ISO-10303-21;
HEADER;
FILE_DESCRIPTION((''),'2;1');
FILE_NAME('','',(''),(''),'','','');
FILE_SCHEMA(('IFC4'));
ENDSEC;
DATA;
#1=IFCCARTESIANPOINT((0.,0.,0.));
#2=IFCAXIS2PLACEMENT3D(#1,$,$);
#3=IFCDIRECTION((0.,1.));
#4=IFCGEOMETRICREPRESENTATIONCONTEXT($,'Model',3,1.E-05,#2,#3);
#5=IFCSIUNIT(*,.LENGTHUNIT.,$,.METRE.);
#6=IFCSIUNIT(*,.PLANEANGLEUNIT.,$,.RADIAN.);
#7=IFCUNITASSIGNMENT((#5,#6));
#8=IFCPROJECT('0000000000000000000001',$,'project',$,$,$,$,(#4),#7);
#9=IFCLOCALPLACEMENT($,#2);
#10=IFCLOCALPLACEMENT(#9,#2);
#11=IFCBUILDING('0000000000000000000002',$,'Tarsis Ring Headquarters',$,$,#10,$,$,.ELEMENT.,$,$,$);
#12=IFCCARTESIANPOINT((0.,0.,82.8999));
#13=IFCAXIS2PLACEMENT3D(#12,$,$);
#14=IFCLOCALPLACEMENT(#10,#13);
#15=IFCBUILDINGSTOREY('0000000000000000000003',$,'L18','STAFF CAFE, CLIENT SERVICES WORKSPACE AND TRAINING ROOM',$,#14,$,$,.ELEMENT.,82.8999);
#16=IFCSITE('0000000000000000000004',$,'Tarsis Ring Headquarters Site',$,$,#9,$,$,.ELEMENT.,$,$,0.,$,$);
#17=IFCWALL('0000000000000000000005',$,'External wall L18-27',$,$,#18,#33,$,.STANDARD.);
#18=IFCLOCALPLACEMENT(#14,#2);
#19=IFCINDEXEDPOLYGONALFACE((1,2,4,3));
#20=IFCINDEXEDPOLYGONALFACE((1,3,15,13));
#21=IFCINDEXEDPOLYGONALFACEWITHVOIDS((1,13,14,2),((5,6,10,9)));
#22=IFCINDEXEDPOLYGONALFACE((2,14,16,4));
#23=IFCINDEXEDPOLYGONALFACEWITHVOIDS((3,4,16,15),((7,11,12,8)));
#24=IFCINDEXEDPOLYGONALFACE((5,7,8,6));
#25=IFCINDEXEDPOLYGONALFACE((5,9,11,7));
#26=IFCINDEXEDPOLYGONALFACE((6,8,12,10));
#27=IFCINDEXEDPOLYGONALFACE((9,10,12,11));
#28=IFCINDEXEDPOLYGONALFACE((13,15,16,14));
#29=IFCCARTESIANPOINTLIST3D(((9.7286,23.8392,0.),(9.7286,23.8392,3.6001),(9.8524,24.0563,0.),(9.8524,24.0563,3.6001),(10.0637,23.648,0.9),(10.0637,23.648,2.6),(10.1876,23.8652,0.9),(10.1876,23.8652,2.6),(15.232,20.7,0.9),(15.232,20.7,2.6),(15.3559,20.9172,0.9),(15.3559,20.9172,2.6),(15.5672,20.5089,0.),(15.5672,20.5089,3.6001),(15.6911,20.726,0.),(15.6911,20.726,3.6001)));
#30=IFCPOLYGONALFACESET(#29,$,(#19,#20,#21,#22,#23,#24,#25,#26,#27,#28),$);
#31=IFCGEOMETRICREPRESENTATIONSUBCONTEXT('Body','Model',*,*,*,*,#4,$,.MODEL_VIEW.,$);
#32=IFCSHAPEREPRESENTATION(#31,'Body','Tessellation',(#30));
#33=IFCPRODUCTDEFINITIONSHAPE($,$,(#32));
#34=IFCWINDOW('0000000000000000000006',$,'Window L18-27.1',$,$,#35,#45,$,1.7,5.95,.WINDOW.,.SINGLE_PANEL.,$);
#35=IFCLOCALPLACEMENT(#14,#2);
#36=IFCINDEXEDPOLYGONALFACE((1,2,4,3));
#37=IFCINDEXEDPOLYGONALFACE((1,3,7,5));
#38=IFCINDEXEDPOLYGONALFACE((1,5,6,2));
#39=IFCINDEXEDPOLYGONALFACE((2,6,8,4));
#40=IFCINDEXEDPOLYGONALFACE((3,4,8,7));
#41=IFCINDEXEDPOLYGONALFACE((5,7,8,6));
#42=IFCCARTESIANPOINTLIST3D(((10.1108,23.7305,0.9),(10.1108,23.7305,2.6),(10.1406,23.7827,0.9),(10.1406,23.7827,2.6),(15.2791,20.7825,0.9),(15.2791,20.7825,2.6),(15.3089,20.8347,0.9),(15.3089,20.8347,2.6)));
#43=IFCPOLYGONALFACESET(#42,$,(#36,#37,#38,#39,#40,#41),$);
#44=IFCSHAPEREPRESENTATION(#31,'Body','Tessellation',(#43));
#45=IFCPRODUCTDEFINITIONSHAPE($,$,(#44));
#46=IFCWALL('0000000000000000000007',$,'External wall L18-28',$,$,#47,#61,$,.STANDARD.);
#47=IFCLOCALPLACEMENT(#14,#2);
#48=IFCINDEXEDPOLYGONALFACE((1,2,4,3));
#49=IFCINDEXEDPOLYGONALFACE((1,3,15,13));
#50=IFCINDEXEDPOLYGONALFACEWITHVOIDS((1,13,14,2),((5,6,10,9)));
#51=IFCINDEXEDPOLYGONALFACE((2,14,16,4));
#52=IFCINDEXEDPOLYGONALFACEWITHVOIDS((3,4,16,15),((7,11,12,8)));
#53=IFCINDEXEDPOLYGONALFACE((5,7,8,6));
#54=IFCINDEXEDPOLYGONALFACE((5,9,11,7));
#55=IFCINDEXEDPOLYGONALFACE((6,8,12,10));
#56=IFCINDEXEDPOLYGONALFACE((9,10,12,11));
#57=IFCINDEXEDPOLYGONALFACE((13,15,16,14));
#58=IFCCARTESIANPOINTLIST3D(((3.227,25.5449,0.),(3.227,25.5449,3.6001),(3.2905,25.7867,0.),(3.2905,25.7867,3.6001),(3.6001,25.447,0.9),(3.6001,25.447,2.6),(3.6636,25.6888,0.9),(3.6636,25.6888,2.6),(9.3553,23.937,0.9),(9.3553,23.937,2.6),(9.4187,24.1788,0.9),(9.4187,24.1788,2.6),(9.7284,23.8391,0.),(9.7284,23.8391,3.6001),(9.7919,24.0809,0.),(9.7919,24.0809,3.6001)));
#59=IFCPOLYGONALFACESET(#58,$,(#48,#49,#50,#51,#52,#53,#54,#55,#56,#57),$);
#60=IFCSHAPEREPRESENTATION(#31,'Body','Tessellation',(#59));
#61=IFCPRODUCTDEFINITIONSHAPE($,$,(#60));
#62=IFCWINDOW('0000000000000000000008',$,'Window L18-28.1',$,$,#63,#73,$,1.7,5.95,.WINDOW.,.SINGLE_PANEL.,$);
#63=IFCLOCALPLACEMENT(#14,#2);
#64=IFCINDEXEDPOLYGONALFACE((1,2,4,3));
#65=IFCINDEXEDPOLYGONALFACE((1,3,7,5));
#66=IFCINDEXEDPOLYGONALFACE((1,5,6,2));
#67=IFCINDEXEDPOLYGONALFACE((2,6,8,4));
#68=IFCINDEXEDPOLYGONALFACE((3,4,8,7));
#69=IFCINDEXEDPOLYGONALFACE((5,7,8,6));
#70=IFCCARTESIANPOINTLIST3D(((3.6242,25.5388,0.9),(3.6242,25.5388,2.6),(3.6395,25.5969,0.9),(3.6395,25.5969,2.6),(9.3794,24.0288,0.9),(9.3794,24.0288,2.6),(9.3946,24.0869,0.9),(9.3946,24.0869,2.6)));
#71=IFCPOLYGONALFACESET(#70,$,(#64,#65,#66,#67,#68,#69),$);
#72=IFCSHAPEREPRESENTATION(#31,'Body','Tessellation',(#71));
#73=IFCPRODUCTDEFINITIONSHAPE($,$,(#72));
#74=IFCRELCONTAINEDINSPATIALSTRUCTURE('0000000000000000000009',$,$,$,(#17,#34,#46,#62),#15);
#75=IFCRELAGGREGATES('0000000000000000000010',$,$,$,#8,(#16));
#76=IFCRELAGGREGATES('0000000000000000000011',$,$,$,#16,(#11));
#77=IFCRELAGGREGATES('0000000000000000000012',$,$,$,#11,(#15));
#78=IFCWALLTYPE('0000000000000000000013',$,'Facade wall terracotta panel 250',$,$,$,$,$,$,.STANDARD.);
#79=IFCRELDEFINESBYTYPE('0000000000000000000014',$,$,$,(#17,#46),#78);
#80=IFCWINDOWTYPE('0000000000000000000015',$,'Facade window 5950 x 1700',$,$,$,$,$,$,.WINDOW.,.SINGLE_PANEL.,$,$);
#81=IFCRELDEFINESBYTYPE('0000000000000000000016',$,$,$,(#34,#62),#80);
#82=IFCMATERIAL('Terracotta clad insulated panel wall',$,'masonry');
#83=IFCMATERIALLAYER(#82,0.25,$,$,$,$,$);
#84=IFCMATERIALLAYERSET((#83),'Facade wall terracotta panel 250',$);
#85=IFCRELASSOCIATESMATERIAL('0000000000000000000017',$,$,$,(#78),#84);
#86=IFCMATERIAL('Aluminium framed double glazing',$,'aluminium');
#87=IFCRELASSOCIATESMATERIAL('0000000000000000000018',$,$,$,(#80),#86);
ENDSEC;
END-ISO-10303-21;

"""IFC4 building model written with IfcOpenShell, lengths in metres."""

from ifc_helpers import new_model, si_unit, direction, frame, frame_2d, origin, place, context, subcontext, project, spatial, rectangle, extrude, material, layer, layer_set, type_object, element, fill, save


model = new_model("IFC4")

# Units and contexts
model_context = context("Model", 3, precision=1e-05, world=origin(), true_north=direction((0.0, 1.0)))
body_context = subcontext(model_context, "Body", "Model", "MODEL_VIEW")
ifc_project = project(units=[si_unit("LENGTHUNIT", "METRE"), si_unit("PLANEANGLEUNIT", "RADIAN")], contexts=[model_context])

# Site, building, storey
site_placement = place(None, origin())
site = spatial("IfcSite", under=ifc_project, at=site_placement, Name="Tarsis Ring Headquarters Site", CompositionType="ELEMENT", RefElevation=0.0)
building_placement = place(site_placement, origin())
building = spatial("IfcBuilding", under=site, at=building_placement, Name="Tarsis Ring Headquarters", CompositionType="ELEMENT")
storey_placement = place(building_placement, frame((0.0, 0.0, 82.8999)))
storey = spatial("IfcBuildingStorey", under=building, at=storey_placement, Name="L18", Description="STAFF CAFE, CLIENT SERVICES WORKSPACE AND TRAINING ROOM", CompositionType="ELEMENT", Elevation=82.8999)

# Walls, openings, windows
ifc_material_1 = material(Name="Terracotta clad insulated panel wall", Category="masonry")
ifc_layer_1 = layer(ifc_material_1, 0.25)
ifc_layer_set_1 = layer_set([ifc_layer_1], Name="Facade wall terracotta panel 250")
wall_type_1 = type_object("IfcWallType", Name="Facade wall terracotta panel 250", PredefinedType="STANDARD", material=ifc_layer_set_1)
ifc_material_2 = material(Name="Aluminium framed double glazing", Category="aluminium")
window_type = type_object("IfcWindowType", Name="Facade window 5950 x 1700", PartitioningType="SINGLE_PANEL", PredefinedType="WINDOW", material=ifc_material_2)
wall_1_placement = place(storey_placement, frame((15.6292, 20.6174, 0.0), z_axis=(0.0, 0.0, 1.0), x_axis=(-0.86863, 0.495462, 0.0)))
wall_1 = element("IfcWall", 1, at=wall_1_placement, inside=storey, type_object=wall_type_1, Name="External wall L18-27", PredefinedType="STANDARD", context=body_context, shape_type="SweptSolid", body=[
    extrude(rectangle(XDim=6.7217, YDim=0.25, at=frame_2d((3.3608, 0.0))), origin(), (0.0, 0.0, 1.0), 3.6001),
])
opening_1_placement = place(wall_1_placement, frame((0.3857, 0.0, 0.8999)))
opening_1 = element("IfcOpeningElement", 2, at=opening_1_placement, cuts=wall_1, PredefinedType="OPENING", context=body_context, shape_type="SweptSolid", body=[
    extrude(rectangle(XDim=5.95, YDim=1.7, at=frame_2d((2.9751, 0.8501))), frame((0.0, 0.135, 0.0), z_axis=(0.0, -1.0, 0.0), x_axis=(1.0, 0.0, 0.0)), (0.0, 0.0, 1.0), 0.27),
])
window_1_placement = place(opening_1_placement, origin())
window_1 = element("IfcWindow", 3, at=window_1_placement, inside=storey, type_object=window_type, Name="Window L18-27.1", OverallHeight=1.7, OverallWidth=5.95, PartitioningType="SINGLE_PANEL", PredefinedType="WINDOW", context=body_context, shape_type="SweptSolid", body=[
    extrude(rectangle(XDim=5.95, YDim=1.7, at=frame_2d((2.9751, 0.8501))), frame((0.0, 0.03, 0.0), z_axis=(0.0, -1.0, 0.0), x_axis=(1.0, 0.0, 0.0)), (0.0, 0.0, 1.0), 0.0601),
])
fill(opening_1, window_1)
wall_2_placement = place(storey_placement, frame((9.7603, 23.96, 0.0), z_axis=(0.0, 0.0, 1.0), x_axis=(-0.967261, 0.253783, 0.0)))
wall_2 = element("IfcWall", 4, at=wall_2_placement, inside=storey, type_object=wall_type_1, Name="External wall L18-28", PredefinedType="STANDARD", context=body_context, shape_type="SweptSolid", body=[
    extrude(rectangle(XDim=6.7214, YDim=0.25, at=frame_2d((3.3608, 0.0))), origin(), (0.0, 0.0, 1.0), 3.6001),
])
opening_2_placement = place(wall_2_placement, frame((0.3857, 0.0, 0.8999)))
opening_2 = element("IfcOpeningElement", 5, at=opening_2_placement, cuts=wall_2, PredefinedType="OPENING", context=body_context, shape_type="SweptSolid", body=[
    extrude(rectangle(XDim=5.95, YDim=1.7, at=frame_2d((2.9751, 0.8501))), frame((0.0, 0.135, 0.0), z_axis=(0.0, -1.0, 0.0), x_axis=(1.0, 0.0, 0.0)), (0.0, 0.0, 1.0), 0.27),
])
window_2_placement = place(opening_2_placement, origin())
window_2 = element("IfcWindow", 6, at=window_2_placement, inside=storey, type_object=window_type, Name="Window L18-28.1", OverallHeight=1.7, OverallWidth=5.95, PartitioningType="SINGLE_PANEL", PredefinedType="WINDOW", context=body_context, shape_type="SweptSolid", body=[
    extrude(rectangle(XDim=5.95, YDim=1.7, at=frame_2d((2.9751, 0.8501))), frame((0.0, 0.03, 0.0), z_axis=(0.0, -1.0, 0.0), x_axis=(1.0, 0.0, 0.0)), (0.0, 0.0, 1.0), 0.0601),
])
fill(opening_2, window_2)

save(model, "model.ifc")
